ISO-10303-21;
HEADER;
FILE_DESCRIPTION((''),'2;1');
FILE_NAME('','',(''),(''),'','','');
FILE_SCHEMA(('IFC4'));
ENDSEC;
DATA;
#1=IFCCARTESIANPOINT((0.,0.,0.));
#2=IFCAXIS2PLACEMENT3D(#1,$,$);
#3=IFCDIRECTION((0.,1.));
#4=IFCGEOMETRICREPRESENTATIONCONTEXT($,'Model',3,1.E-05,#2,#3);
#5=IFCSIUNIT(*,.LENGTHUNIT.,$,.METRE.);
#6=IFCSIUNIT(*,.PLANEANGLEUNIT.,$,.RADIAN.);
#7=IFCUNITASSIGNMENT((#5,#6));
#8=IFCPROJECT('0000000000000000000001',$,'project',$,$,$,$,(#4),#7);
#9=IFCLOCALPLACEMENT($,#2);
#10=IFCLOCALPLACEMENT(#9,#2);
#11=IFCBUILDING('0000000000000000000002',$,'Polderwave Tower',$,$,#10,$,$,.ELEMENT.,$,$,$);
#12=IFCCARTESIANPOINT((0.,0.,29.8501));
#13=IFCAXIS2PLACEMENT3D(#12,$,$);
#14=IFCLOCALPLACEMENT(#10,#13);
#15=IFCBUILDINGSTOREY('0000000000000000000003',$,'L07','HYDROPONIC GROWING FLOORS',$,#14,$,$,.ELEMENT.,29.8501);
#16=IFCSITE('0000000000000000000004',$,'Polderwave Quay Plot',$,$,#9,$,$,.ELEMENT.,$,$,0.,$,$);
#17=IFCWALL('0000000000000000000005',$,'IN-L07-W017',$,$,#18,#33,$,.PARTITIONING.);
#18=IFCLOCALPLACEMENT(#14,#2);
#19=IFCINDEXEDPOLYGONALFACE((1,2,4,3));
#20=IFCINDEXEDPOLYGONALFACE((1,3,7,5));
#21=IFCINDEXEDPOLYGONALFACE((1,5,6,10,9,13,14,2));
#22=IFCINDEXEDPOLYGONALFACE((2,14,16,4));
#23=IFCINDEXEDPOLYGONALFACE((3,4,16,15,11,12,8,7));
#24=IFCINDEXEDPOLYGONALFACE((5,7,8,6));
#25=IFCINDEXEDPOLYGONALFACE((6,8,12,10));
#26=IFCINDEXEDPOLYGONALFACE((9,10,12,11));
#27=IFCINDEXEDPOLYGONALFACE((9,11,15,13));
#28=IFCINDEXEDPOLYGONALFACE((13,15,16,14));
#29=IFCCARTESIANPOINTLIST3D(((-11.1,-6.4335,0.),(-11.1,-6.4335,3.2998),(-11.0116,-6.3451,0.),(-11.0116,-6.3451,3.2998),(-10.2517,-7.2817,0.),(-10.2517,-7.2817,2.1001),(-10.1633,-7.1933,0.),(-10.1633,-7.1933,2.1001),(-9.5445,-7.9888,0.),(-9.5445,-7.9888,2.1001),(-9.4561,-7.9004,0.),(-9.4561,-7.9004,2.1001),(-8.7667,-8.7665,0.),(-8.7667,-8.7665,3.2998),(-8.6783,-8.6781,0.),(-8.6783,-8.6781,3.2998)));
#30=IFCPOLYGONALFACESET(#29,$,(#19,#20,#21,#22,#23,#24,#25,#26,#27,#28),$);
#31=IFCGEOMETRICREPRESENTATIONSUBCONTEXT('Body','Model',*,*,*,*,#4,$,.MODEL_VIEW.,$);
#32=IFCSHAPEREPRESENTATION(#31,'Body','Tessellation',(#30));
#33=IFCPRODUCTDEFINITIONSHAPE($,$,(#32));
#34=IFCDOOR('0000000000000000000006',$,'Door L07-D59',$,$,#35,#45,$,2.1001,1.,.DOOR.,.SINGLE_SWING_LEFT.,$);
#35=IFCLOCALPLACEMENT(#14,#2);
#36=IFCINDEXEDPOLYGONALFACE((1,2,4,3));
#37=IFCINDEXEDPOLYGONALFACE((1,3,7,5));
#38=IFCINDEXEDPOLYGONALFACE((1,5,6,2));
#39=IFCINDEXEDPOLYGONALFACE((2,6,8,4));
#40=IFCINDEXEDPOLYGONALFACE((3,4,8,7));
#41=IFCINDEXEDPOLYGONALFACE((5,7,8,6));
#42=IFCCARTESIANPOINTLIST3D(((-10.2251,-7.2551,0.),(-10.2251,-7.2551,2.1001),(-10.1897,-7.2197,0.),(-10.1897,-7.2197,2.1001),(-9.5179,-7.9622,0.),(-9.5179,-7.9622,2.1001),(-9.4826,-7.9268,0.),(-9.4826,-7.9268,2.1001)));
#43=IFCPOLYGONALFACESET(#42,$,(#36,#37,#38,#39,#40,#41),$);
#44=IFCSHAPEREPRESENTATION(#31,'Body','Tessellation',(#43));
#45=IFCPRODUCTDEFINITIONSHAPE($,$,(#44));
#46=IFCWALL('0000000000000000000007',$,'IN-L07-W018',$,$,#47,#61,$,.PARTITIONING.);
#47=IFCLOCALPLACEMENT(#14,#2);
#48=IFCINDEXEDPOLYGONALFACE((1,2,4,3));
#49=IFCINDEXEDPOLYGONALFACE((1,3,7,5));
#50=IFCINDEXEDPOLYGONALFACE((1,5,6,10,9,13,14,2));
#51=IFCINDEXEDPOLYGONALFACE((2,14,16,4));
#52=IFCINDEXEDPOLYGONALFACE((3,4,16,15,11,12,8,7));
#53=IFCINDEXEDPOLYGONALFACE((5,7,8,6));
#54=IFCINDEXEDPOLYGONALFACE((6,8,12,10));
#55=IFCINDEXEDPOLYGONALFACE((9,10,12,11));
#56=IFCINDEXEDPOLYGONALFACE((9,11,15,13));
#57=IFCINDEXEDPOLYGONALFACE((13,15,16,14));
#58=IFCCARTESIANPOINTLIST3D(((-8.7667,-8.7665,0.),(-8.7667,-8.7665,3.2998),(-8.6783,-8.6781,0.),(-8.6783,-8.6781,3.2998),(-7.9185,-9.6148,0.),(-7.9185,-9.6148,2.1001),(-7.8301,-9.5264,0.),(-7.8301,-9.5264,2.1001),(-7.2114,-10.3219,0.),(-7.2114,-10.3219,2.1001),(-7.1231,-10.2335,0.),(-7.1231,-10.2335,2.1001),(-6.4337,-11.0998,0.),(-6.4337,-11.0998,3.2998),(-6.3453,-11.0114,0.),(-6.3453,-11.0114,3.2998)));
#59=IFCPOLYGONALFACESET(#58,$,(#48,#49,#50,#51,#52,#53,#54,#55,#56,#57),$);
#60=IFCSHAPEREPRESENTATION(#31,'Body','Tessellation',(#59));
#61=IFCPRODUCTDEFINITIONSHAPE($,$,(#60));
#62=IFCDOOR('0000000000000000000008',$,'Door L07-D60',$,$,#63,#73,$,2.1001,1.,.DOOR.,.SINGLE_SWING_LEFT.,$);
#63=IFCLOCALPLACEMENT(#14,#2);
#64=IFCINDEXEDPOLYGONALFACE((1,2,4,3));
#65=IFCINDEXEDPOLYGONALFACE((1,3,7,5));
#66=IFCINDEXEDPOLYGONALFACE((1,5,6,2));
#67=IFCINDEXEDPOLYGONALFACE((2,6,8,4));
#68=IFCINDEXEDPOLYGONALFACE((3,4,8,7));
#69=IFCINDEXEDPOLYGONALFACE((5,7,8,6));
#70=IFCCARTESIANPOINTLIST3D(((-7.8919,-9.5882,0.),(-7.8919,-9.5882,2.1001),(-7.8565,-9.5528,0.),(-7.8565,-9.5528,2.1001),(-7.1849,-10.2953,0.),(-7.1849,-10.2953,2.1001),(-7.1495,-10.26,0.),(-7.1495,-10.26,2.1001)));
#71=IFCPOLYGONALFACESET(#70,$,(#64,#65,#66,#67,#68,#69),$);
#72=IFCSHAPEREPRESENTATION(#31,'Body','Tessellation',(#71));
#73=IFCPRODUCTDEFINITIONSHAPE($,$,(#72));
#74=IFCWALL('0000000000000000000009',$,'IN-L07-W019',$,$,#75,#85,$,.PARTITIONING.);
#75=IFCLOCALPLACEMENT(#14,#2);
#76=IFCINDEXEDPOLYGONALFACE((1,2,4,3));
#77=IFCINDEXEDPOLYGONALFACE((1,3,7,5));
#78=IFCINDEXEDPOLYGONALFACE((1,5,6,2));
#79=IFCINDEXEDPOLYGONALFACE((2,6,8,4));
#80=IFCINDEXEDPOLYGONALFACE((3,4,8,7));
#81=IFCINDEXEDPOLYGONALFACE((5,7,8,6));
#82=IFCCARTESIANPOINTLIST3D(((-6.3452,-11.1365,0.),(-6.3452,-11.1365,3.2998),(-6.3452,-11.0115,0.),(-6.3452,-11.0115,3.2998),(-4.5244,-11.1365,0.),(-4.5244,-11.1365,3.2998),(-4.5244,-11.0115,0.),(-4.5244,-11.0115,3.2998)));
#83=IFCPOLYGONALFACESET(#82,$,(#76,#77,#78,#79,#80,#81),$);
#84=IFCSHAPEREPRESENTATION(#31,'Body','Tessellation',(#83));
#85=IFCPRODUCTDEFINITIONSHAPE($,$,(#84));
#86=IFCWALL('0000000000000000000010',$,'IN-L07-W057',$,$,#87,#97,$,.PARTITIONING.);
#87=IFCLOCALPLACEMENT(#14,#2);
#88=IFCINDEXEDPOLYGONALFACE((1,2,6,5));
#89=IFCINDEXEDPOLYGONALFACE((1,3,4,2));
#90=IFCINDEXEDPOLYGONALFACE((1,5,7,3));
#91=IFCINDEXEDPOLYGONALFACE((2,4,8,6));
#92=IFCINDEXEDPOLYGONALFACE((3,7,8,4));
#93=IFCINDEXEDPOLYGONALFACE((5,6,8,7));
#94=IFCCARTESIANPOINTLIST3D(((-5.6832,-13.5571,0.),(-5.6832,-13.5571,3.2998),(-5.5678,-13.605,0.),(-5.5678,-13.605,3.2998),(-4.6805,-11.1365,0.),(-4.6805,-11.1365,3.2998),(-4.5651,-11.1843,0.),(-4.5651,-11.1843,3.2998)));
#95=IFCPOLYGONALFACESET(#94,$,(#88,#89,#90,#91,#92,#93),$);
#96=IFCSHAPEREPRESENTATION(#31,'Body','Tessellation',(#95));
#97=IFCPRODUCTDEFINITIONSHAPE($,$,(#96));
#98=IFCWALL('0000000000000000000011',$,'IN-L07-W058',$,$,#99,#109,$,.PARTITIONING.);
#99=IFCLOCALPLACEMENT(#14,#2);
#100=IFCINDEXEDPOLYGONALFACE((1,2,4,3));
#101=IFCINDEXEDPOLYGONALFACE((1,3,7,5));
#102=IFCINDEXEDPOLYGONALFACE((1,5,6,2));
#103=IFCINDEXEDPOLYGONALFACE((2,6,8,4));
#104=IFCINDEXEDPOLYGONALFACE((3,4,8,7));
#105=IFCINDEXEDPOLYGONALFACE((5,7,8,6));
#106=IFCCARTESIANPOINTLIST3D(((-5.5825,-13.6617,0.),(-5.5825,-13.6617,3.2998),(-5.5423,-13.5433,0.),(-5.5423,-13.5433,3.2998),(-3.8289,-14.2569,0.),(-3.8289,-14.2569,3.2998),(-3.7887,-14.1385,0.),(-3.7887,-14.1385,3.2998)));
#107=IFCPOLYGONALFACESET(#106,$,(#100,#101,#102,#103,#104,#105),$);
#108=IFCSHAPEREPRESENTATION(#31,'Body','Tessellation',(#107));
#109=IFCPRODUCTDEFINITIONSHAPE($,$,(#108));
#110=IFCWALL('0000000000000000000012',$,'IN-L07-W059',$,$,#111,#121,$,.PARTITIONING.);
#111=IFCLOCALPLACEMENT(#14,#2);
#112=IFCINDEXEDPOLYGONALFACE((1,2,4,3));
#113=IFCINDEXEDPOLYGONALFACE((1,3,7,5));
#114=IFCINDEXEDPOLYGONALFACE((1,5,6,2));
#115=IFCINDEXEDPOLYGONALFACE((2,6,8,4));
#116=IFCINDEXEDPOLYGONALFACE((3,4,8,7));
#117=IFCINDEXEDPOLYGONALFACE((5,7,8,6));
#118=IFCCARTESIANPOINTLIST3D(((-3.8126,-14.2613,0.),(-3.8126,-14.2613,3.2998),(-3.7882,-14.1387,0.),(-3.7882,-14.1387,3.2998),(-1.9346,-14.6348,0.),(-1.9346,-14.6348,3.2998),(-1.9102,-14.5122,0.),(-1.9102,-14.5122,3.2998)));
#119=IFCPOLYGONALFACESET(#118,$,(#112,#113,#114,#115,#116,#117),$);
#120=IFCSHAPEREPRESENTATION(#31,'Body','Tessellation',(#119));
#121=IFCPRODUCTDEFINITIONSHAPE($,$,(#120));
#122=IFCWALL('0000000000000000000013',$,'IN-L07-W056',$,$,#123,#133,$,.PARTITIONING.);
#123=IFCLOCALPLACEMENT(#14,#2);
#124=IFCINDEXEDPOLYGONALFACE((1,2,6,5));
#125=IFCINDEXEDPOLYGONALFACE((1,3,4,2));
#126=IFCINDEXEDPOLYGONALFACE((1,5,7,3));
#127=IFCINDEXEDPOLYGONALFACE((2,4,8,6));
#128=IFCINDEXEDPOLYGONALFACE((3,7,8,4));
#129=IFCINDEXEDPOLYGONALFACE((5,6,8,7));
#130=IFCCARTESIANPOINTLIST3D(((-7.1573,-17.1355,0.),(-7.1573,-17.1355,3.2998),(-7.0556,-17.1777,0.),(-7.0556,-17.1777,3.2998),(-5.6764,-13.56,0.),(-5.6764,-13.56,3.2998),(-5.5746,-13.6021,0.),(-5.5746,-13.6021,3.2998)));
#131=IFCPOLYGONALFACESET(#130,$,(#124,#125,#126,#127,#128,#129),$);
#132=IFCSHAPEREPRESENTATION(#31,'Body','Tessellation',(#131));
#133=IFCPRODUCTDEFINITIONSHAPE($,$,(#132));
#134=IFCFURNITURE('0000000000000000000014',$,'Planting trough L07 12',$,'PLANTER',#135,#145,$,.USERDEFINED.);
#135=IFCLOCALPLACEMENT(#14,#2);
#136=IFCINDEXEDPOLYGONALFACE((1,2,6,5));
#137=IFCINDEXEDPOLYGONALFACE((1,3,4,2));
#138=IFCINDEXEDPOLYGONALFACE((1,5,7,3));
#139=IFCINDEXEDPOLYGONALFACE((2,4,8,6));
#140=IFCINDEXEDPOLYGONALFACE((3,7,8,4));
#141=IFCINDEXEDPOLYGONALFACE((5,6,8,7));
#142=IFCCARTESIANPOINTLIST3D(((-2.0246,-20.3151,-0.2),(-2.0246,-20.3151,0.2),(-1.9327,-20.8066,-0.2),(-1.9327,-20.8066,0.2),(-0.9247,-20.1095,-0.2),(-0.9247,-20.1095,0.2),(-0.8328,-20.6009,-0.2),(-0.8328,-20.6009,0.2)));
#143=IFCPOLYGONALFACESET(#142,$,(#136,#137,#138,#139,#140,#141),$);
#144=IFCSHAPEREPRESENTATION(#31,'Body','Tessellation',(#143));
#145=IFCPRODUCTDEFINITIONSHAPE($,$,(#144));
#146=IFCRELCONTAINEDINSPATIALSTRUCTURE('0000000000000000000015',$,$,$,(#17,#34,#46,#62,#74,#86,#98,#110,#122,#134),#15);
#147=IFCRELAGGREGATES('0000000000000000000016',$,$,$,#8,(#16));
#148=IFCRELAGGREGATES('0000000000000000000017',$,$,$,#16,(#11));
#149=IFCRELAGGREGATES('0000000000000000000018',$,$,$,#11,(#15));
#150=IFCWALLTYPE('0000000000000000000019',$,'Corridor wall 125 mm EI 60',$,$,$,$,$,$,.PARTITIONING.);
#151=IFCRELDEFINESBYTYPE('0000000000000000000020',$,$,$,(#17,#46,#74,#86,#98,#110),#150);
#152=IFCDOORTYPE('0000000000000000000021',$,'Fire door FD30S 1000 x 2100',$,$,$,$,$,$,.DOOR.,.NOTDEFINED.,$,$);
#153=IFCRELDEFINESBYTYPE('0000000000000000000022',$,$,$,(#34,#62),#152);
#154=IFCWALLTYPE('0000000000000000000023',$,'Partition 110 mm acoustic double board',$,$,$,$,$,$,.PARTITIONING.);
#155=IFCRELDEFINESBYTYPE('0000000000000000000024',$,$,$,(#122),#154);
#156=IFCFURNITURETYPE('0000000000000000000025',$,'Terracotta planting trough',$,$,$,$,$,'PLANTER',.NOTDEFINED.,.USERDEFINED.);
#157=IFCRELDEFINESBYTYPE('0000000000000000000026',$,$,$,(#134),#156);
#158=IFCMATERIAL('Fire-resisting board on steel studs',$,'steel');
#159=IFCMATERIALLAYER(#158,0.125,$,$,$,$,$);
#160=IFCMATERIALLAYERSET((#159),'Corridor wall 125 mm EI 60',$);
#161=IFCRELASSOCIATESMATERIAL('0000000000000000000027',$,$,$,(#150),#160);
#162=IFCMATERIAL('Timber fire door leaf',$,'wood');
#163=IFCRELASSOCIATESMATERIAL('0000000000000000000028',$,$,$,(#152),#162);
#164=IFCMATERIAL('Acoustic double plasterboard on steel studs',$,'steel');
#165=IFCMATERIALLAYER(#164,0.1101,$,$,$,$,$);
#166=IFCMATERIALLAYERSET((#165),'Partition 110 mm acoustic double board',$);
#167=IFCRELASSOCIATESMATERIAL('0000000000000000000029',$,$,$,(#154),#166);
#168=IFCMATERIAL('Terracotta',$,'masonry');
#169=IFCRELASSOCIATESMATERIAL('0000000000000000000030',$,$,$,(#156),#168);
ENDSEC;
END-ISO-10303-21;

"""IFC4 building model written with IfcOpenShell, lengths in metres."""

from ifc_helpers import new_model, si_unit, direction, frame, frame_2d, origin, origin_2d, place, context, subcontext, project, spatial, rectangle, extrude, material, layer, layer_set, type_object, element, fill, save


model = new_model("IFC4")

# Units and contexts
model_context = context("Model", 3, precision=1e-05, world=origin(), true_north=direction((0.0, 1.0)))
body_context = subcontext(model_context, "Body", "Model", "MODEL_VIEW")
ifc_project = project(units=[si_unit("LENGTHUNIT", "METRE"), si_unit("PLANEANGLEUNIT", "RADIAN")], contexts=[model_context])

# Site, building, storey
site_placement = place(None, origin())
site = spatial("IfcSite", under=ifc_project, at=site_placement, Name="Polderwave Quay Plot", CompositionType="ELEMENT", RefElevation=0.0)
building_placement = place(site_placement, origin())
building = spatial("IfcBuilding", under=site, at=building_placement, Name="Polderwave Tower", CompositionType="ELEMENT")
storey_placement = place(building_placement, frame((0.0, 0.0, 29.8501)))
storey = spatial("IfcBuildingStorey", under=building, at=storey_placement, Name="L07", Description="HYDROPONIC GROWING FLOORS", CompositionType="ELEMENT", Elevation=29.8501)

# Walls, openings, doors
ifc_material_1 = material(Name="Fire-resisting board on steel studs", Category="steel")
ifc_layer_1 = layer(ifc_material_1, 0.125)
ifc_layer_set_1 = layer_set([ifc_layer_1], Name="Corridor wall 125 mm EI 60")
wall_type_1 = type_object("IfcWallType", Name="Corridor wall 125 mm EI 60", PredefinedType="PARTITIONING", material=ifc_layer_set_1)
wall_1_placement = place(storey_placement, frame((-8.7224, -8.7224, 0.0), z_axis=(0.0, 0.0, 1.0), x_axis=(-0.707144, 0.70707, 0.0)))
wall_1 = element("IfcWall", 1, at=wall_1_placement, inside=storey, type_object=wall_type_1, Name="IN-L07-W017", PredefinedType="PARTITIONING", context=body_context, shape_type="SweptSolid", body=[
    extrude(rectangle(XDim=3.2996, YDim=0.125, at=frame_2d((1.6499, 0.0))), origin(), (0.0, 0.0, 1.0), 3.2998),
])
opening_1_placement = place(wall_1_placement, frame((1.1001, 0.0, 0.0)))
opening_1 = element("IfcOpeningElement", 2, at=opening_1_placement, cuts=wall_1, PredefinedType="OPENING", context=body_context, shape_type="SweptSolid", body=[
    extrude(rectangle(XDim=1.0, YDim=2.1001, at=frame_2d((0.5, 1.05))), frame((0.0, 0.0725, 0.0), z_axis=(0.0, -1.0, 0.0), x_axis=(1.0, 0.0, 0.0)), (0.0, 0.0, 1.0), 0.145),
])
ifc_material_2 = material(Name="Timber fire door leaf", Category="wood")
door_type = type_object("IfcDoorType", Name="Fire door FD30S 1000 x 2100", OperationType="NOTDEFINED", PredefinedType="DOOR", material=ifc_material_2)
door_1_placement = place(opening_1_placement, origin())
door_1 = element("IfcDoor", 3, at=door_1_placement, inside=storey, type_object=door_type, Name="Door L07-D59", OperationType="SINGLE_SWING_LEFT", OverallHeight=2.1001, OverallWidth=1.0, PredefinedType="DOOR", context=body_context, shape_type="SweptSolid", body=[
    extrude(rectangle(XDim=1.0, YDim=2.1001, at=frame_2d((0.5, 1.05))), frame((0.0, 0.0249, 0.0), z_axis=(0.0, -1.0, 0.0), x_axis=(1.0, 0.0, 0.0)), (0.0, 0.0, 1.0), 0.05),
])
fill(opening_1, door_1)
wall_2_placement = place(storey_placement, frame((-6.3894, -11.0557, 0.0), z_axis=(0.0, 0.0, 1.0), x_axis=(-0.70707, 0.707144, 0.0)))
wall_2 = element("IfcWall", 4, at=wall_2_placement, inside=storey, type_object=wall_type_1, Name="IN-L07-W018", PredefinedType="PARTITIONING", context=body_context, shape_type="SweptSolid", body=[
    extrude(rectangle(XDim=3.2996, YDim=0.125, at=frame_2d((1.6499, 0.0))), origin(), (0.0, 0.0, 1.0), 3.2998),
])
opening_2_placement = place(wall_2_placement, frame((1.1001, 0.0, 0.0)))
opening_2 = element("IfcOpeningElement", 5, at=opening_2_placement, cuts=wall_2, PredefinedType="OPENING", context=body_context, shape_type="SweptSolid", body=[
    extrude(rectangle(XDim=1.0, YDim=2.1001, at=frame_2d((0.5, 1.05))), frame((0.0, 0.0725, 0.0), z_axis=(0.0, -1.0, 0.0), x_axis=(1.0, 0.0, 0.0)), (0.0, 0.0, 1.0), 0.145),
])
door_2_placement = place(opening_2_placement, origin())
door_2 = element("IfcDoor", 6, at=door_2_placement, inside=storey, type_object=door_type, Name="Door L07-D60", OperationType="SINGLE_SWING_LEFT", OverallHeight=2.1001, OverallWidth=1.0, PredefinedType="DOOR", context=body_context, shape_type="SweptSolid", body=[
    extrude(rectangle(XDim=1.0, YDim=2.1001, at=frame_2d((0.5, 1.05))), frame((0.0, 0.0249, 0.0), z_axis=(0.0, -1.0, 0.0), x_axis=(1.0, 0.0, 0.0)), (0.0, 0.0, 1.0), 0.05),
])
fill(opening_2, door_2)

# Walls
wall_3_placement = place(storey_placement, frame((-4.5244, -11.074, 0.0), z_axis=(0.0, 0.0, 1.0), x_axis=(-1.0, 0.0, 0.0)))
element("IfcWall", 7, at=wall_3_placement, inside=storey, type_object=wall_type_1, Name="IN-L07-W019", PredefinedType="PARTITIONING", context=body_context, shape_type="SweptSolid", body=[
    extrude(rectangle(XDim=1.8208, YDim=0.125, at=frame_2d((0.9104, 0.0))), origin(), (0.0, 0.0, 1.0), 3.2998),
])
wall_4_placement = place(storey_placement, frame((-4.6228, -11.1604, 0.0), z_axis=(0.0, 0.0, 1.0), x_axis=(-0.382689, -0.923877, 0.0)))
element("IfcWall", 8, at=wall_4_placement, inside=storey, type_object=wall_type_1, Name="IN-L07-W057", PredefinedType="PARTITIONING", context=body_context, shape_type="SweptSolid", body=[
    extrude(rectangle(XDim=2.6201, YDim=0.125, at=frame_2d((1.3101, 0.0))), origin(), (0.0, 0.0, 1.0), 3.2998),
])
wall_5_placement = place(storey_placement, frame((-5.5623, -13.6025, 0.0), z_axis=(0.0, 0.0, 1.0), x_axis=(0.946942, -0.321404, 0.0)))
element("IfcWall", 9, at=wall_5_placement, inside=storey, type_object=wall_type_1, Name="IN-L07-W058", PredefinedType="PARTITIONING", context=body_context, shape_type="SweptSolid", body=[
    extrude(rectangle(XDim=1.8518, YDim=0.125, at=frame_2d((0.9258, 0.0))), origin(), (0.0, 0.0, 1.0), 3.2998),
])
wall_6_placement = place(storey_placement, frame((-3.8005, -14.2, 0.0), z_axis=(0.0, 0.0, 1.0), x_axis=(0.980786, -0.195086, 0.0)))
element("IfcWall", 10, at=wall_6_placement, inside=storey, type_object=wall_type_1, Name="IN-L07-W059", PredefinedType="PARTITIONING", context=body_context, shape_type="SweptSolid", body=[
    extrude(rectangle(XDim=1.9148, YDim=0.125, at=frame_2d((0.9575, 0.0))), origin(), (0.0, 0.0, 1.0), 3.2998),
])
ifc_material_3 = material(Name="Acoustic double plasterboard on steel studs", Category="steel")
ifc_layer_2 = layer(ifc_material_3, 0.1101)
ifc_layer_set_2 = layer_set([ifc_layer_2], Name="Partition 110 mm acoustic double board")
wall_type_2 = type_object("IfcWallType", Name="Partition 110 mm acoustic double board", PredefinedType="PARTITIONING", material=ifc_layer_set_2)
wall_7_placement = place(storey_placement, frame((-5.6255, -13.5811, 0.0), z_axis=(0.0, 0.0, 1.0), x_axis=(-0.382675, -0.923883, 0.0)))
element("IfcWall", 11, at=wall_7_placement, inside=storey, type_object=wall_type_2, Name="IN-L07-W056", PredefinedType="PARTITIONING", context=body_context, shape_type="SweptSolid", body=[
    extrude(rectangle(XDim=3.8701, YDim=0.1101, at=frame_2d((1.9351, 0.0))), origin(), (0.0, 0.0, 1.0), 3.2998),
])

# Furniture
ifc_material_4 = material(Name="Terracotta", Category="masonry")
furniture_type = type_object("IfcFurnitureType", Name="Terracotta planting trough", ElementType="PLANTER", AssemblyPlace="NOTDEFINED", PredefinedType="USERDEFINED", material=ifc_material_4)
furniture_placement = place(storey_placement, frame((-1.4287, -20.458, -0.2), z_axis=(0.0, 0.0, 1.0), x_axis=(0.98297, 0.183764, 0.0)))
element("IfcFurniture", 12, at=furniture_placement, inside=storey, type_object=furniture_type, Name="Planting trough L07 12", ObjectType="PLANTER", PredefinedType="USERDEFINED", context=body_context, shape_type="SweptSolid", body=[
    extrude(rectangle(XDim=1.1189, YDim=0.5, at=origin_2d()), origin(), (0.0, 0.0, 1.0), 0.3999),
])

save(model, "model.ifc")
